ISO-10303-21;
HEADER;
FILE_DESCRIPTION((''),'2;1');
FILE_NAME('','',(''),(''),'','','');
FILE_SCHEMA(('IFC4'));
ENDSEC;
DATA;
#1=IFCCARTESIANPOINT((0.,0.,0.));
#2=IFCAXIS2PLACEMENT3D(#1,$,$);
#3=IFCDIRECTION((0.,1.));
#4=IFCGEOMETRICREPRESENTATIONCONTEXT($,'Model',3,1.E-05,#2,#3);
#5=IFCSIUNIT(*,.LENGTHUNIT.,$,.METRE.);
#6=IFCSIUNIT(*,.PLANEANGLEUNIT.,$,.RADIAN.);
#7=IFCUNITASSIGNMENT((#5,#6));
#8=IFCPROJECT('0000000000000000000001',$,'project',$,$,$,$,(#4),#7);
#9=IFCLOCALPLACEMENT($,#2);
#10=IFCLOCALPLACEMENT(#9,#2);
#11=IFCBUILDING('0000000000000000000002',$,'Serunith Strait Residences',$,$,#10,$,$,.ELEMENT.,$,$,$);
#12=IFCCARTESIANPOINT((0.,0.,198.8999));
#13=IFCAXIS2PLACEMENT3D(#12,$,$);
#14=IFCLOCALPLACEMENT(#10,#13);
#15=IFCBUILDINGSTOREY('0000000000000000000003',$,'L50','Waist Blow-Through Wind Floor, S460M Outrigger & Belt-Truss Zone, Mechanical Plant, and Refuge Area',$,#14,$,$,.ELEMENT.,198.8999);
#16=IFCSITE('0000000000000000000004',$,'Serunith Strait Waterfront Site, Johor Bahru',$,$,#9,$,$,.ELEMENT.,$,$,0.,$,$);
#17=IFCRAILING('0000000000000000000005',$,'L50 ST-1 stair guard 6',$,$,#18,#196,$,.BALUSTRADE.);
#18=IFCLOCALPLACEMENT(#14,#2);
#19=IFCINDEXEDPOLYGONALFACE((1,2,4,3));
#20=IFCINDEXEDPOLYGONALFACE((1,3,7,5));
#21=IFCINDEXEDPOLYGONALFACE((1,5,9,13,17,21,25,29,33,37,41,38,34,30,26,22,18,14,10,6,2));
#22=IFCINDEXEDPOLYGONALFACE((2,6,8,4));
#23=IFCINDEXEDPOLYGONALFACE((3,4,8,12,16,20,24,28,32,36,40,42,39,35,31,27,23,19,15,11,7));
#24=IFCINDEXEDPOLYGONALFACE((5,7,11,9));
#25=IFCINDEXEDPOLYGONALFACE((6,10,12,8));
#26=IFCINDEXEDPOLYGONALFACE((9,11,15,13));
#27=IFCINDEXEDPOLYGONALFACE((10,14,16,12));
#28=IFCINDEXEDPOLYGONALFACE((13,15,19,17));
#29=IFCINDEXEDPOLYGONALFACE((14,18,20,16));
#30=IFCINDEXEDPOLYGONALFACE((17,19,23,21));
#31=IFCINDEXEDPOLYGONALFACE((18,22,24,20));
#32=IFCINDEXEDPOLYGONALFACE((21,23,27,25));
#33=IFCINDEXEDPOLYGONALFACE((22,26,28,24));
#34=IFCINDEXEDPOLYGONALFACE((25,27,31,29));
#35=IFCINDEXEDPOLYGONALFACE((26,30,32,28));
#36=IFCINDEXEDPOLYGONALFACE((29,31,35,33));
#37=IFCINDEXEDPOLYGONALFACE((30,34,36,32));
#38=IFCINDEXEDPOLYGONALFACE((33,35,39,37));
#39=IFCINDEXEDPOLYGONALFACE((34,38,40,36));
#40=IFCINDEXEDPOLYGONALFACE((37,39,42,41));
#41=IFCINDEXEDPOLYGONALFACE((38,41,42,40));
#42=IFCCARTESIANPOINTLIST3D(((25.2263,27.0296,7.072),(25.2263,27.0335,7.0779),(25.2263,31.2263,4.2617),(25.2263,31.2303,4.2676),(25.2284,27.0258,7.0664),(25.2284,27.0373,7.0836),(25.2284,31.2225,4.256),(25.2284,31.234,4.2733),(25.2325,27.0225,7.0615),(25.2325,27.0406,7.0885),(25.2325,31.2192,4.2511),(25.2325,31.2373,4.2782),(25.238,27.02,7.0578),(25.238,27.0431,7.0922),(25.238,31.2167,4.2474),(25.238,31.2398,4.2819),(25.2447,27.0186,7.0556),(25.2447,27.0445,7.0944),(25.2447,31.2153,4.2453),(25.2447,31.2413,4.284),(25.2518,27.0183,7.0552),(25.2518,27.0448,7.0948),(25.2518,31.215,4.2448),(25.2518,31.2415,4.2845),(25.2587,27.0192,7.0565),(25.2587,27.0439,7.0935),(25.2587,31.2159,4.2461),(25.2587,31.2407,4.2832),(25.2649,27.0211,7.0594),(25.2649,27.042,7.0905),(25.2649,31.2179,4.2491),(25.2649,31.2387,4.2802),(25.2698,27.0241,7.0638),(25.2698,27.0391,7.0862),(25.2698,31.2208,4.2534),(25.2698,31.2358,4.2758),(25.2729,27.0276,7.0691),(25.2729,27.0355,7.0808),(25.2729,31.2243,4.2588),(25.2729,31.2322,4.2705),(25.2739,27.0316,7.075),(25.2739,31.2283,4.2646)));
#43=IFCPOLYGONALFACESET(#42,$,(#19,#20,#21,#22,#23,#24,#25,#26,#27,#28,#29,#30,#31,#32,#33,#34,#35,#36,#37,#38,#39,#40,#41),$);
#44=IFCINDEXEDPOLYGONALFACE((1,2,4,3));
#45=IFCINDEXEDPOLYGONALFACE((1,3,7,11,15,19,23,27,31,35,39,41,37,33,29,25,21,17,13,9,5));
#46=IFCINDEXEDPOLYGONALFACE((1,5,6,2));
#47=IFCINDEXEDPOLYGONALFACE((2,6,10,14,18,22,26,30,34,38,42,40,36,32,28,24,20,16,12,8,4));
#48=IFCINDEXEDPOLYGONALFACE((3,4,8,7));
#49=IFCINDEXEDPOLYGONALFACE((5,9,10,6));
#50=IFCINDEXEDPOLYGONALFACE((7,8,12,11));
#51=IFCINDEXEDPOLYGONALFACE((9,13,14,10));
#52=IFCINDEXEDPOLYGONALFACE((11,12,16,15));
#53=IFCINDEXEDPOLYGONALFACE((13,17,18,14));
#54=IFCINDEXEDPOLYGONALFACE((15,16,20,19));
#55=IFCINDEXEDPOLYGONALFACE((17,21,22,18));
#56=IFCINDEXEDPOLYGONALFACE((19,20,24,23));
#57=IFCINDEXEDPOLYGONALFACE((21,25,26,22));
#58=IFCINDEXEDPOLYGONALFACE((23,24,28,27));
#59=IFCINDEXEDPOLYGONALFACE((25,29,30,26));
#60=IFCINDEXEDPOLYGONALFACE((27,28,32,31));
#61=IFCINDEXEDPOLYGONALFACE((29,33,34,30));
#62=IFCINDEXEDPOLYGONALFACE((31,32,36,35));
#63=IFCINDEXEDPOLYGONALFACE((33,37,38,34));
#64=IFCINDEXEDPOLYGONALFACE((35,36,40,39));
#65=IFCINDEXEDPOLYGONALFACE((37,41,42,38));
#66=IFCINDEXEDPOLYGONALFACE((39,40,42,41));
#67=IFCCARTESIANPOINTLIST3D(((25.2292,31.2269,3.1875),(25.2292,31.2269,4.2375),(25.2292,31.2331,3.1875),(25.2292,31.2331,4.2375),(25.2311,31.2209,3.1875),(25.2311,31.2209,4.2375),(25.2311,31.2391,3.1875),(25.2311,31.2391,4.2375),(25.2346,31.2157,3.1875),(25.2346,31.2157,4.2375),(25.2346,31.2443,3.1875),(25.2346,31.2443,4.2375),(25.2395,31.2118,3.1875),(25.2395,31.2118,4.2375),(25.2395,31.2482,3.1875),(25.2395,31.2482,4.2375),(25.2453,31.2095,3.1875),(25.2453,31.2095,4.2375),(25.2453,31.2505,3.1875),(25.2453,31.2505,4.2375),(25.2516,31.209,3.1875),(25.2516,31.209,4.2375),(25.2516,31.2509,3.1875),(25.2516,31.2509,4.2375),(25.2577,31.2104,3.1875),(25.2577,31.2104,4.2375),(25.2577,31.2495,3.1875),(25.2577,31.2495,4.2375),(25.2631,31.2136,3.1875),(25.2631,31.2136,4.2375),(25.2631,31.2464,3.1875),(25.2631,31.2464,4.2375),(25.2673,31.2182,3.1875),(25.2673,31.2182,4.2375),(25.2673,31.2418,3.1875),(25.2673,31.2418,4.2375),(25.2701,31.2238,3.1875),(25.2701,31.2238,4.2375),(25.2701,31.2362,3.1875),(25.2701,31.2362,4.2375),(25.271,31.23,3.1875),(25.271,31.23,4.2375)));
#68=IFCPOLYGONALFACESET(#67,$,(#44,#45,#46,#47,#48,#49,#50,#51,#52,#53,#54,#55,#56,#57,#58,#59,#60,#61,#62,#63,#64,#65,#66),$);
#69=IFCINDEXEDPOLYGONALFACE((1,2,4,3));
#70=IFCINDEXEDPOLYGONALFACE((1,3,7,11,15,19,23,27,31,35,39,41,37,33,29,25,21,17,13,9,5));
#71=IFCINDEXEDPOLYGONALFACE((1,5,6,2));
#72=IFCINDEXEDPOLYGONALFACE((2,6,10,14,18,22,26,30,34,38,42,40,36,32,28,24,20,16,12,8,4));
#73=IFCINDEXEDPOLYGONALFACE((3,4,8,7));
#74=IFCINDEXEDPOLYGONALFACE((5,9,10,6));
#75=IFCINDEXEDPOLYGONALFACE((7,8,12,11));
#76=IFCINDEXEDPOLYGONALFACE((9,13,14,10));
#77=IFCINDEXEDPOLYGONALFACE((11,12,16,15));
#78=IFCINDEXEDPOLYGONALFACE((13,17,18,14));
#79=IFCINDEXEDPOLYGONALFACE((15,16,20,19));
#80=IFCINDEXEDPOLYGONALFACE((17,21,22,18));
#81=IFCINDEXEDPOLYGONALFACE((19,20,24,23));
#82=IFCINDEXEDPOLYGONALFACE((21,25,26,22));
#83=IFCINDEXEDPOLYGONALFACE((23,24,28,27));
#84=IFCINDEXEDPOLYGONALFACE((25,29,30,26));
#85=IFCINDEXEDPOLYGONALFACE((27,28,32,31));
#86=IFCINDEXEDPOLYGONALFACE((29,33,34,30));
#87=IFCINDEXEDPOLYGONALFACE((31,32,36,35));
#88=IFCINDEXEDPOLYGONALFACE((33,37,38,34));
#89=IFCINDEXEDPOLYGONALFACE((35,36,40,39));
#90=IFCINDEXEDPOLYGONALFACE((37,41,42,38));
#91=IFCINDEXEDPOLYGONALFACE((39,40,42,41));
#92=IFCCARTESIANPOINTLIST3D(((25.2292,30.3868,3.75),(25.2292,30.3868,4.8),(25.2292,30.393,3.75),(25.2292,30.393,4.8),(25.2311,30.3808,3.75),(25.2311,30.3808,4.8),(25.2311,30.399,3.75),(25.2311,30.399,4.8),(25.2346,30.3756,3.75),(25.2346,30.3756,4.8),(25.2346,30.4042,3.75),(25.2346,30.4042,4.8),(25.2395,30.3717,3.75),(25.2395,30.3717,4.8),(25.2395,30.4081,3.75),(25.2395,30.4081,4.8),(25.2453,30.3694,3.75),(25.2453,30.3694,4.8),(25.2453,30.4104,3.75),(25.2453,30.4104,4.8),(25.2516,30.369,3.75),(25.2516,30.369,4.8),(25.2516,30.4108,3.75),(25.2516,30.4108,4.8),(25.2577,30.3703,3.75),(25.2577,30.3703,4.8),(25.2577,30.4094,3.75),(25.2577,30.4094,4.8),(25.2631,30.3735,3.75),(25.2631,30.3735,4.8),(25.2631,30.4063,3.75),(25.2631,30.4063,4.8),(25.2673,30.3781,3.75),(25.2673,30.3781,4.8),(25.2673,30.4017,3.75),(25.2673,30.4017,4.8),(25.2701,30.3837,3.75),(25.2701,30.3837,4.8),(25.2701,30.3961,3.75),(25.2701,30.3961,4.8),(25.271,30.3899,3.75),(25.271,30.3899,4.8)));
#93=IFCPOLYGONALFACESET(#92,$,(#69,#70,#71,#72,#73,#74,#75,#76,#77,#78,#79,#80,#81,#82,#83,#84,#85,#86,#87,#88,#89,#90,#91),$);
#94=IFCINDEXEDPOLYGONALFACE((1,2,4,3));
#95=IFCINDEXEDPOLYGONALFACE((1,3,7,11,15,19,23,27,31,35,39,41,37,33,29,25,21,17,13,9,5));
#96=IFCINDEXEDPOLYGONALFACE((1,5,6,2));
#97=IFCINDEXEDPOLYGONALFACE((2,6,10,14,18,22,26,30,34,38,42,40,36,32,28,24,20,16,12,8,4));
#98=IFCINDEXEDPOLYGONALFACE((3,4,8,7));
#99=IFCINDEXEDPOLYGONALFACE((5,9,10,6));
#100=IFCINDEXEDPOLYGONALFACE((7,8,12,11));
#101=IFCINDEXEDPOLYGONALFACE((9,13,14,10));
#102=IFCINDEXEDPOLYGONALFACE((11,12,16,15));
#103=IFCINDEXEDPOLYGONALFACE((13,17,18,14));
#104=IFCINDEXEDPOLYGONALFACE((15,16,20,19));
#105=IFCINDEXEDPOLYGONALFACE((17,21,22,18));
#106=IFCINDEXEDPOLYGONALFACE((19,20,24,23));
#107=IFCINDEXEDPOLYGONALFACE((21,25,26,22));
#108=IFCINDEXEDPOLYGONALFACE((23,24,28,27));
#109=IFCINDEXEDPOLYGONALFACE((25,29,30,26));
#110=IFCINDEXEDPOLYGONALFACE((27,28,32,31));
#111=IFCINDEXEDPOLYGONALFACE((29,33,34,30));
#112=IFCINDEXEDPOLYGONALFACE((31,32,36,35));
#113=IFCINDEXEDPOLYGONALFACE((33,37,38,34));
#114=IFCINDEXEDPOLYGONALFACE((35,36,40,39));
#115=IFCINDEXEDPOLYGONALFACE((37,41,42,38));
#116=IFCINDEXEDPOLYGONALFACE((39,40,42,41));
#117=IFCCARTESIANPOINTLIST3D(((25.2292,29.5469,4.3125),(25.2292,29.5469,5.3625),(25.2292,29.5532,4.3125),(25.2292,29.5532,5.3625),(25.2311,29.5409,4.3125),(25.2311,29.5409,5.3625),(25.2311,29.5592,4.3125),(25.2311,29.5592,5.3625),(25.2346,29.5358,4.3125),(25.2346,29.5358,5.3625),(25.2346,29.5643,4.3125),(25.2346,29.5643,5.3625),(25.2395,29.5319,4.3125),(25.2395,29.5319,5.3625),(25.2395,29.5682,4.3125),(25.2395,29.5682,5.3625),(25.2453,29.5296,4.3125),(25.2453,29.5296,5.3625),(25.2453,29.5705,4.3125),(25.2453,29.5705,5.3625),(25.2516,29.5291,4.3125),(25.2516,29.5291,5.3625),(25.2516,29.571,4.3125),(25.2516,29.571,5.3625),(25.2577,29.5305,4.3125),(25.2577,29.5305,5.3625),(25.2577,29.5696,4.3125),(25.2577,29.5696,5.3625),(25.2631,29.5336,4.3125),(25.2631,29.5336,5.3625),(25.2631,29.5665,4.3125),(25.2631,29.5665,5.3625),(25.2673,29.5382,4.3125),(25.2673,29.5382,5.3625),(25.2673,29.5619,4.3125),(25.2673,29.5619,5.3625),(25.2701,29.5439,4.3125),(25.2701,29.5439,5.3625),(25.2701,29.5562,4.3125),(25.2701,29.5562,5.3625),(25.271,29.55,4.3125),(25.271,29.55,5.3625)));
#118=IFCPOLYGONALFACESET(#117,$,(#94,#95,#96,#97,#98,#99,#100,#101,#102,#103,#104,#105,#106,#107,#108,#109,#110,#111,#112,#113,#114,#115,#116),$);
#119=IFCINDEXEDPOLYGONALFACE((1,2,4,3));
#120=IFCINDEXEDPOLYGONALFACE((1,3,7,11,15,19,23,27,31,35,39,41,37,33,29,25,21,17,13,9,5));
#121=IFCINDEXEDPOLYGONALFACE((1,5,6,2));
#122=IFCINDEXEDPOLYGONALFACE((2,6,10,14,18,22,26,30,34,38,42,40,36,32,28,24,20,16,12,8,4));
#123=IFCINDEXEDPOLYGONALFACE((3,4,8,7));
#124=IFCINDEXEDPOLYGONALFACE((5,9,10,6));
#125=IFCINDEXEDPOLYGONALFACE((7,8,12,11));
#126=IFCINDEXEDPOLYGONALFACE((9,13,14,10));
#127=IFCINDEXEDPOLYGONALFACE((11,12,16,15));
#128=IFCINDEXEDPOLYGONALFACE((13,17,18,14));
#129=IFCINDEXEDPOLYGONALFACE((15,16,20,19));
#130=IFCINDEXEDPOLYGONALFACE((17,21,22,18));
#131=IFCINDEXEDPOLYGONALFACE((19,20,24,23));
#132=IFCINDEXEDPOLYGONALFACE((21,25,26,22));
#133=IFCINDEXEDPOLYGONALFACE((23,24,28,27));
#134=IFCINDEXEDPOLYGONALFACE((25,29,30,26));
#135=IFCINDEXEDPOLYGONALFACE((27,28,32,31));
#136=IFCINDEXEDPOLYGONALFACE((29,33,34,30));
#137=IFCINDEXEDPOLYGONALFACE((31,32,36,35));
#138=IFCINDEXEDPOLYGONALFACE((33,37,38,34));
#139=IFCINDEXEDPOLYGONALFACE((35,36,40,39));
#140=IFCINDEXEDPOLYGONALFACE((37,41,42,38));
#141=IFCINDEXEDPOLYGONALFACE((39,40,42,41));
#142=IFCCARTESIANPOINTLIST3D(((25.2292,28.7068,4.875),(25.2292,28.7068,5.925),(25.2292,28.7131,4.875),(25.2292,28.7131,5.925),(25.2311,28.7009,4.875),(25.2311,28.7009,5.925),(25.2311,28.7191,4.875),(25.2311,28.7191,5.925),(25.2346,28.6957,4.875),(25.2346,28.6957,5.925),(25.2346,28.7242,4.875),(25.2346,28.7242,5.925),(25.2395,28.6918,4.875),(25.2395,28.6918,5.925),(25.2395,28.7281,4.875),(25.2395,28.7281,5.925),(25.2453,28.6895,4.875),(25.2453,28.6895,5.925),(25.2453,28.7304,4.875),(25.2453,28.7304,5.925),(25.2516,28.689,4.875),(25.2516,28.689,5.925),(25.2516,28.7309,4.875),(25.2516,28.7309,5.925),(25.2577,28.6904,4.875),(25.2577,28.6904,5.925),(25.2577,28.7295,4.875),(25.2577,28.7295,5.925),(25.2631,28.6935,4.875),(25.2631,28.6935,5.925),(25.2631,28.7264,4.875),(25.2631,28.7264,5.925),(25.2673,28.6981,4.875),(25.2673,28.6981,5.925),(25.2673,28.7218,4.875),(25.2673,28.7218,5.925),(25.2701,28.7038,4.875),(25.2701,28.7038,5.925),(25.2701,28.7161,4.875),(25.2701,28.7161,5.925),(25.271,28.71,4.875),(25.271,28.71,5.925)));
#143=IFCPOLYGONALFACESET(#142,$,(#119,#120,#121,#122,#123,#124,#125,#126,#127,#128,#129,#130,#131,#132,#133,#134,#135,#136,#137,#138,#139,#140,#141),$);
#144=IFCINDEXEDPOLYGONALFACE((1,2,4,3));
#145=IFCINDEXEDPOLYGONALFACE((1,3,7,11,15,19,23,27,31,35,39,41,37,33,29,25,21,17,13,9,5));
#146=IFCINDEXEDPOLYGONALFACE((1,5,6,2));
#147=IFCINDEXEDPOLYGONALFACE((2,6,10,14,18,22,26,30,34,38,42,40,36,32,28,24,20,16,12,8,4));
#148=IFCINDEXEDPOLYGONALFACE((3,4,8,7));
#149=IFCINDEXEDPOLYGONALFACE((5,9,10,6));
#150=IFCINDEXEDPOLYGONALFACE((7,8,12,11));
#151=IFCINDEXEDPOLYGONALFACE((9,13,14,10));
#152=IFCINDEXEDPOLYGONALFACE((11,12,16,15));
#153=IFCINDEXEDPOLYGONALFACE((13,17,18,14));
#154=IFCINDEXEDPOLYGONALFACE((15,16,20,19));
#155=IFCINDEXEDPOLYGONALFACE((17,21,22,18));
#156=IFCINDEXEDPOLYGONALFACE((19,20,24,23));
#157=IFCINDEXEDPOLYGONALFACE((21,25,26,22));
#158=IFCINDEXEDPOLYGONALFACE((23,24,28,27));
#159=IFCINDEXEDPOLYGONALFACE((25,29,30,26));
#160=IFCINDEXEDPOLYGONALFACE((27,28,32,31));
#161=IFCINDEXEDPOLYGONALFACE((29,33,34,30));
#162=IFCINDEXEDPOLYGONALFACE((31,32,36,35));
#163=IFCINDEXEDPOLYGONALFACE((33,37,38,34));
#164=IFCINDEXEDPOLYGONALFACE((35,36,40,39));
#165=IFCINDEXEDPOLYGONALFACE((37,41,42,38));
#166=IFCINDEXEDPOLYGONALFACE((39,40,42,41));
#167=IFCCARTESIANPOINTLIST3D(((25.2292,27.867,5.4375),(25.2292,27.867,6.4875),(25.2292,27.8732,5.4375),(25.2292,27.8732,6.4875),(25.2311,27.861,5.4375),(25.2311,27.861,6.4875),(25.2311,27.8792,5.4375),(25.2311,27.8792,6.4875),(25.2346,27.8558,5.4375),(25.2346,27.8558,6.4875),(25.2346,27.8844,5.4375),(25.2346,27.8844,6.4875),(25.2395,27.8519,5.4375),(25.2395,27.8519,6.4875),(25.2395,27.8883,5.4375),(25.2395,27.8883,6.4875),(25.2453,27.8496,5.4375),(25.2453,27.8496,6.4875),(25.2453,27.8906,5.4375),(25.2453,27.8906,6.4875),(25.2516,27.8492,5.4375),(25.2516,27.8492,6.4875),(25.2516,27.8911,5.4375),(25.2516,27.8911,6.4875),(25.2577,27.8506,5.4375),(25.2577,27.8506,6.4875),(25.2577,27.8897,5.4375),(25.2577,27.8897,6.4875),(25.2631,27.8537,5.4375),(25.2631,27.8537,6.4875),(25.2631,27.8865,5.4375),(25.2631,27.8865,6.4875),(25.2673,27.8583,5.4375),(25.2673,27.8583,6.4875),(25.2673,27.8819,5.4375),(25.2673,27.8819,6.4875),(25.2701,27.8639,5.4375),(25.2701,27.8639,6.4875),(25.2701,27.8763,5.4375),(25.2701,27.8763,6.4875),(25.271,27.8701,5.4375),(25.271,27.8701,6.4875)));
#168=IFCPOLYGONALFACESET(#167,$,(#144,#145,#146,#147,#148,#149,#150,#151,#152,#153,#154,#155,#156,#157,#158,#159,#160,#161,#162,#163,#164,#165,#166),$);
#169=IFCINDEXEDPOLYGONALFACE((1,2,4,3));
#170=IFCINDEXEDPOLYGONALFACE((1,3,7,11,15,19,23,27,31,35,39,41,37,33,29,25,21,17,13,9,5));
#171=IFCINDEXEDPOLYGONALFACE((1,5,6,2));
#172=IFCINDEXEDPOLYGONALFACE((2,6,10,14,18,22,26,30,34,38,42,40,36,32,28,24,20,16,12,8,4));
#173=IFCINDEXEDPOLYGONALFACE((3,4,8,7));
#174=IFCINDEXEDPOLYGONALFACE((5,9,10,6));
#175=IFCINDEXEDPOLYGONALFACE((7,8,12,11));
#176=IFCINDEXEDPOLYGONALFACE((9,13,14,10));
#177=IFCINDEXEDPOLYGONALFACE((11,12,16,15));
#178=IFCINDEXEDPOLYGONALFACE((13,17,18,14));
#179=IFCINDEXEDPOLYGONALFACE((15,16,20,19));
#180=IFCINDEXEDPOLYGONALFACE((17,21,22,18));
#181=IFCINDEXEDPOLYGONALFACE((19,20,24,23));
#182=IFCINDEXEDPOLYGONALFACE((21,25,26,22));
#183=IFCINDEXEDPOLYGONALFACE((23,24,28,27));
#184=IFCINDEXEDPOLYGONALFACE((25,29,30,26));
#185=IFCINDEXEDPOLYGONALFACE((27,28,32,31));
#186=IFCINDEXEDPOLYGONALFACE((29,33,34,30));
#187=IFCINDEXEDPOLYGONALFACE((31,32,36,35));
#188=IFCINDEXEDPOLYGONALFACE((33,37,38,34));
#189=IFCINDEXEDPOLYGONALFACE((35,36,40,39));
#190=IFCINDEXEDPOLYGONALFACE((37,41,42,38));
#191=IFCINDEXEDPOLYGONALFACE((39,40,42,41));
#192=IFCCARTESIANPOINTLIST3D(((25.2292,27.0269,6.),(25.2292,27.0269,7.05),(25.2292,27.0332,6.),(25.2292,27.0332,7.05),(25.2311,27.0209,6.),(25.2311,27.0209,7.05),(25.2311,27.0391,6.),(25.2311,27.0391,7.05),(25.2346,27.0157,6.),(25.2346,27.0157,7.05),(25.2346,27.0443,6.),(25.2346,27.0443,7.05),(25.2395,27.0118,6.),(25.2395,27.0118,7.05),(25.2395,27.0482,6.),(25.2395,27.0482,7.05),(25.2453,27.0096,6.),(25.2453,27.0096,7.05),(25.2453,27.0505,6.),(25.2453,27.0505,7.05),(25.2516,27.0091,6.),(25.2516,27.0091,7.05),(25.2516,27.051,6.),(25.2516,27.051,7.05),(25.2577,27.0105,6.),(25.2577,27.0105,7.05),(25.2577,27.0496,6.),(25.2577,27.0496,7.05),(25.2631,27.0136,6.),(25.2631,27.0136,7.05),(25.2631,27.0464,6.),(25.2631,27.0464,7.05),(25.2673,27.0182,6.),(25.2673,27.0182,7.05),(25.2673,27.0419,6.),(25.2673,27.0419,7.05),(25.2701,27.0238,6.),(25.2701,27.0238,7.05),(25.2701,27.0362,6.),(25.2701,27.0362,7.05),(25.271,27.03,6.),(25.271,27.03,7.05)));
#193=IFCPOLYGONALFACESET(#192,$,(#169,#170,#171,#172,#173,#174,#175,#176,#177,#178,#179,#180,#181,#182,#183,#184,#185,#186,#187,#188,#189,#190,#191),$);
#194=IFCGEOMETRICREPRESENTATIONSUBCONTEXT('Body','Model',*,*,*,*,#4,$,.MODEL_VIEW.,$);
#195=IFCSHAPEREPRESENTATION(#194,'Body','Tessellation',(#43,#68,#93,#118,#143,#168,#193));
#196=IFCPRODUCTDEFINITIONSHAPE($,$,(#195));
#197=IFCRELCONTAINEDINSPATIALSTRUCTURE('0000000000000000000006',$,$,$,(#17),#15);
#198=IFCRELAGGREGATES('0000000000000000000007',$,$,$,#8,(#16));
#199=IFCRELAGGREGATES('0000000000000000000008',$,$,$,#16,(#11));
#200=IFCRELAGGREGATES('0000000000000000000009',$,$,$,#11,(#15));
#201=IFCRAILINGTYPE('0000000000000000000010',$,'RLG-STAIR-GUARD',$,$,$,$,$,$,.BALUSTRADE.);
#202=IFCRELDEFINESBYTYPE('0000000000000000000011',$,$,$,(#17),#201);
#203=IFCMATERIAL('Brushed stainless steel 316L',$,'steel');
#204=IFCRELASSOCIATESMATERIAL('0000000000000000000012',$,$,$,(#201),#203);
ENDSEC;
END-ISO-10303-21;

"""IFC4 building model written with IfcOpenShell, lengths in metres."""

from ifc_helpers import new_model, si_unit, direction, frame, origin, origin_2d, place, context, subcontext, project, spatial, circle, extrude, material, type_object, element, save


model = new_model("IFC4")

# Units and contexts
model_context = context("Model", 3, precision=1e-05, world=origin(), true_north=direction((0.0, 1.0)))
body_context = subcontext(model_context, "Body", "Model", "MODEL_VIEW")
ifc_project = project(units=[si_unit("LENGTHUNIT", "METRE"), si_unit("PLANEANGLEUNIT", "RADIAN")], contexts=[model_context])

# Site, building, storey
site_placement = place(None, origin())
site = spatial("IfcSite", under=ifc_project, at=site_placement, Name="Serunith Strait Waterfront Site, Johor Bahru", CompositionType="ELEMENT", RefElevation=0.0)
building_placement = place(site_placement, origin())
building = spatial("IfcBuilding", under=site, at=building_placement, Name="Serunith Strait Residences", CompositionType="ELEMENT")
storey_placement = place(building_placement, frame((0.0, 0.0, 198.8999)))
storey = spatial("IfcBuildingStorey", under=building, at=storey_placement, Name="L50", Description="Waist Blow-Through Wind Floor, S460M Outrigger & Belt-Truss Zone, Mechanical Plant, and Refuge Area", CompositionType="ELEMENT", Elevation=198.8999)

# Railing
ifc_material_1 = material(Name="Brushed stainless steel 316L", Category="steel")
railing_type_1 = type_object("IfcRailingType", Name="RLG-STAIR-GUARD", PredefinedType="BALUSTRADE", material=ifc_material_1)
railing_1_placement = place(storey_placement, frame((25.25, 31.23, 3.1875)))
element("IfcRailing", 1, at=railing_1_placement, inside=storey, type_object=railing_type_1, Name="L50 ST-1 stair guard 6", PredefinedType="BALUSTRADE", context=body_context, shape_type="SweptSolid", body=[
    extrude(circle(Radius=0.0239, at=origin_2d()), frame((0.0, -0.0017, 1.0771), z_axis=(0.0, -0.830904, 0.556416), x_axis=(1.0, 0.0, 0.0)), (0.0, 0.0, 1.0), 5.0508),
    extrude(circle(Radius=0.021, at=origin_2d()), origin(), (0.0, 0.0, 1.0), 1.05),
    extrude(circle(Radius=0.021, at=origin_2d()), frame((0.0, -0.8401, 0.5625)), (0.0, 0.0, 1.0), 1.05),
    extrude(circle(Radius=0.021, at=origin_2d()), frame((0.0, -1.6799, 1.125)), (0.0, 0.0, 1.0), 1.05),
    extrude(circle(Radius=0.021, at=origin_2d()), frame((0.0, -2.52, 1.6875)), (0.0, 0.0, 1.0), 1.05),
    extrude(circle(Radius=0.021, at=origin_2d()), frame((0.0, -3.3599, 2.25)), (0.0, 0.0, 1.0), 1.05),
    extrude(circle(Radius=0.021, at=origin_2d()), frame((0.0, -4.2, 2.8125)), (0.0, 0.0, 1.0), 1.05),
])

save(model, "model.ifc")
